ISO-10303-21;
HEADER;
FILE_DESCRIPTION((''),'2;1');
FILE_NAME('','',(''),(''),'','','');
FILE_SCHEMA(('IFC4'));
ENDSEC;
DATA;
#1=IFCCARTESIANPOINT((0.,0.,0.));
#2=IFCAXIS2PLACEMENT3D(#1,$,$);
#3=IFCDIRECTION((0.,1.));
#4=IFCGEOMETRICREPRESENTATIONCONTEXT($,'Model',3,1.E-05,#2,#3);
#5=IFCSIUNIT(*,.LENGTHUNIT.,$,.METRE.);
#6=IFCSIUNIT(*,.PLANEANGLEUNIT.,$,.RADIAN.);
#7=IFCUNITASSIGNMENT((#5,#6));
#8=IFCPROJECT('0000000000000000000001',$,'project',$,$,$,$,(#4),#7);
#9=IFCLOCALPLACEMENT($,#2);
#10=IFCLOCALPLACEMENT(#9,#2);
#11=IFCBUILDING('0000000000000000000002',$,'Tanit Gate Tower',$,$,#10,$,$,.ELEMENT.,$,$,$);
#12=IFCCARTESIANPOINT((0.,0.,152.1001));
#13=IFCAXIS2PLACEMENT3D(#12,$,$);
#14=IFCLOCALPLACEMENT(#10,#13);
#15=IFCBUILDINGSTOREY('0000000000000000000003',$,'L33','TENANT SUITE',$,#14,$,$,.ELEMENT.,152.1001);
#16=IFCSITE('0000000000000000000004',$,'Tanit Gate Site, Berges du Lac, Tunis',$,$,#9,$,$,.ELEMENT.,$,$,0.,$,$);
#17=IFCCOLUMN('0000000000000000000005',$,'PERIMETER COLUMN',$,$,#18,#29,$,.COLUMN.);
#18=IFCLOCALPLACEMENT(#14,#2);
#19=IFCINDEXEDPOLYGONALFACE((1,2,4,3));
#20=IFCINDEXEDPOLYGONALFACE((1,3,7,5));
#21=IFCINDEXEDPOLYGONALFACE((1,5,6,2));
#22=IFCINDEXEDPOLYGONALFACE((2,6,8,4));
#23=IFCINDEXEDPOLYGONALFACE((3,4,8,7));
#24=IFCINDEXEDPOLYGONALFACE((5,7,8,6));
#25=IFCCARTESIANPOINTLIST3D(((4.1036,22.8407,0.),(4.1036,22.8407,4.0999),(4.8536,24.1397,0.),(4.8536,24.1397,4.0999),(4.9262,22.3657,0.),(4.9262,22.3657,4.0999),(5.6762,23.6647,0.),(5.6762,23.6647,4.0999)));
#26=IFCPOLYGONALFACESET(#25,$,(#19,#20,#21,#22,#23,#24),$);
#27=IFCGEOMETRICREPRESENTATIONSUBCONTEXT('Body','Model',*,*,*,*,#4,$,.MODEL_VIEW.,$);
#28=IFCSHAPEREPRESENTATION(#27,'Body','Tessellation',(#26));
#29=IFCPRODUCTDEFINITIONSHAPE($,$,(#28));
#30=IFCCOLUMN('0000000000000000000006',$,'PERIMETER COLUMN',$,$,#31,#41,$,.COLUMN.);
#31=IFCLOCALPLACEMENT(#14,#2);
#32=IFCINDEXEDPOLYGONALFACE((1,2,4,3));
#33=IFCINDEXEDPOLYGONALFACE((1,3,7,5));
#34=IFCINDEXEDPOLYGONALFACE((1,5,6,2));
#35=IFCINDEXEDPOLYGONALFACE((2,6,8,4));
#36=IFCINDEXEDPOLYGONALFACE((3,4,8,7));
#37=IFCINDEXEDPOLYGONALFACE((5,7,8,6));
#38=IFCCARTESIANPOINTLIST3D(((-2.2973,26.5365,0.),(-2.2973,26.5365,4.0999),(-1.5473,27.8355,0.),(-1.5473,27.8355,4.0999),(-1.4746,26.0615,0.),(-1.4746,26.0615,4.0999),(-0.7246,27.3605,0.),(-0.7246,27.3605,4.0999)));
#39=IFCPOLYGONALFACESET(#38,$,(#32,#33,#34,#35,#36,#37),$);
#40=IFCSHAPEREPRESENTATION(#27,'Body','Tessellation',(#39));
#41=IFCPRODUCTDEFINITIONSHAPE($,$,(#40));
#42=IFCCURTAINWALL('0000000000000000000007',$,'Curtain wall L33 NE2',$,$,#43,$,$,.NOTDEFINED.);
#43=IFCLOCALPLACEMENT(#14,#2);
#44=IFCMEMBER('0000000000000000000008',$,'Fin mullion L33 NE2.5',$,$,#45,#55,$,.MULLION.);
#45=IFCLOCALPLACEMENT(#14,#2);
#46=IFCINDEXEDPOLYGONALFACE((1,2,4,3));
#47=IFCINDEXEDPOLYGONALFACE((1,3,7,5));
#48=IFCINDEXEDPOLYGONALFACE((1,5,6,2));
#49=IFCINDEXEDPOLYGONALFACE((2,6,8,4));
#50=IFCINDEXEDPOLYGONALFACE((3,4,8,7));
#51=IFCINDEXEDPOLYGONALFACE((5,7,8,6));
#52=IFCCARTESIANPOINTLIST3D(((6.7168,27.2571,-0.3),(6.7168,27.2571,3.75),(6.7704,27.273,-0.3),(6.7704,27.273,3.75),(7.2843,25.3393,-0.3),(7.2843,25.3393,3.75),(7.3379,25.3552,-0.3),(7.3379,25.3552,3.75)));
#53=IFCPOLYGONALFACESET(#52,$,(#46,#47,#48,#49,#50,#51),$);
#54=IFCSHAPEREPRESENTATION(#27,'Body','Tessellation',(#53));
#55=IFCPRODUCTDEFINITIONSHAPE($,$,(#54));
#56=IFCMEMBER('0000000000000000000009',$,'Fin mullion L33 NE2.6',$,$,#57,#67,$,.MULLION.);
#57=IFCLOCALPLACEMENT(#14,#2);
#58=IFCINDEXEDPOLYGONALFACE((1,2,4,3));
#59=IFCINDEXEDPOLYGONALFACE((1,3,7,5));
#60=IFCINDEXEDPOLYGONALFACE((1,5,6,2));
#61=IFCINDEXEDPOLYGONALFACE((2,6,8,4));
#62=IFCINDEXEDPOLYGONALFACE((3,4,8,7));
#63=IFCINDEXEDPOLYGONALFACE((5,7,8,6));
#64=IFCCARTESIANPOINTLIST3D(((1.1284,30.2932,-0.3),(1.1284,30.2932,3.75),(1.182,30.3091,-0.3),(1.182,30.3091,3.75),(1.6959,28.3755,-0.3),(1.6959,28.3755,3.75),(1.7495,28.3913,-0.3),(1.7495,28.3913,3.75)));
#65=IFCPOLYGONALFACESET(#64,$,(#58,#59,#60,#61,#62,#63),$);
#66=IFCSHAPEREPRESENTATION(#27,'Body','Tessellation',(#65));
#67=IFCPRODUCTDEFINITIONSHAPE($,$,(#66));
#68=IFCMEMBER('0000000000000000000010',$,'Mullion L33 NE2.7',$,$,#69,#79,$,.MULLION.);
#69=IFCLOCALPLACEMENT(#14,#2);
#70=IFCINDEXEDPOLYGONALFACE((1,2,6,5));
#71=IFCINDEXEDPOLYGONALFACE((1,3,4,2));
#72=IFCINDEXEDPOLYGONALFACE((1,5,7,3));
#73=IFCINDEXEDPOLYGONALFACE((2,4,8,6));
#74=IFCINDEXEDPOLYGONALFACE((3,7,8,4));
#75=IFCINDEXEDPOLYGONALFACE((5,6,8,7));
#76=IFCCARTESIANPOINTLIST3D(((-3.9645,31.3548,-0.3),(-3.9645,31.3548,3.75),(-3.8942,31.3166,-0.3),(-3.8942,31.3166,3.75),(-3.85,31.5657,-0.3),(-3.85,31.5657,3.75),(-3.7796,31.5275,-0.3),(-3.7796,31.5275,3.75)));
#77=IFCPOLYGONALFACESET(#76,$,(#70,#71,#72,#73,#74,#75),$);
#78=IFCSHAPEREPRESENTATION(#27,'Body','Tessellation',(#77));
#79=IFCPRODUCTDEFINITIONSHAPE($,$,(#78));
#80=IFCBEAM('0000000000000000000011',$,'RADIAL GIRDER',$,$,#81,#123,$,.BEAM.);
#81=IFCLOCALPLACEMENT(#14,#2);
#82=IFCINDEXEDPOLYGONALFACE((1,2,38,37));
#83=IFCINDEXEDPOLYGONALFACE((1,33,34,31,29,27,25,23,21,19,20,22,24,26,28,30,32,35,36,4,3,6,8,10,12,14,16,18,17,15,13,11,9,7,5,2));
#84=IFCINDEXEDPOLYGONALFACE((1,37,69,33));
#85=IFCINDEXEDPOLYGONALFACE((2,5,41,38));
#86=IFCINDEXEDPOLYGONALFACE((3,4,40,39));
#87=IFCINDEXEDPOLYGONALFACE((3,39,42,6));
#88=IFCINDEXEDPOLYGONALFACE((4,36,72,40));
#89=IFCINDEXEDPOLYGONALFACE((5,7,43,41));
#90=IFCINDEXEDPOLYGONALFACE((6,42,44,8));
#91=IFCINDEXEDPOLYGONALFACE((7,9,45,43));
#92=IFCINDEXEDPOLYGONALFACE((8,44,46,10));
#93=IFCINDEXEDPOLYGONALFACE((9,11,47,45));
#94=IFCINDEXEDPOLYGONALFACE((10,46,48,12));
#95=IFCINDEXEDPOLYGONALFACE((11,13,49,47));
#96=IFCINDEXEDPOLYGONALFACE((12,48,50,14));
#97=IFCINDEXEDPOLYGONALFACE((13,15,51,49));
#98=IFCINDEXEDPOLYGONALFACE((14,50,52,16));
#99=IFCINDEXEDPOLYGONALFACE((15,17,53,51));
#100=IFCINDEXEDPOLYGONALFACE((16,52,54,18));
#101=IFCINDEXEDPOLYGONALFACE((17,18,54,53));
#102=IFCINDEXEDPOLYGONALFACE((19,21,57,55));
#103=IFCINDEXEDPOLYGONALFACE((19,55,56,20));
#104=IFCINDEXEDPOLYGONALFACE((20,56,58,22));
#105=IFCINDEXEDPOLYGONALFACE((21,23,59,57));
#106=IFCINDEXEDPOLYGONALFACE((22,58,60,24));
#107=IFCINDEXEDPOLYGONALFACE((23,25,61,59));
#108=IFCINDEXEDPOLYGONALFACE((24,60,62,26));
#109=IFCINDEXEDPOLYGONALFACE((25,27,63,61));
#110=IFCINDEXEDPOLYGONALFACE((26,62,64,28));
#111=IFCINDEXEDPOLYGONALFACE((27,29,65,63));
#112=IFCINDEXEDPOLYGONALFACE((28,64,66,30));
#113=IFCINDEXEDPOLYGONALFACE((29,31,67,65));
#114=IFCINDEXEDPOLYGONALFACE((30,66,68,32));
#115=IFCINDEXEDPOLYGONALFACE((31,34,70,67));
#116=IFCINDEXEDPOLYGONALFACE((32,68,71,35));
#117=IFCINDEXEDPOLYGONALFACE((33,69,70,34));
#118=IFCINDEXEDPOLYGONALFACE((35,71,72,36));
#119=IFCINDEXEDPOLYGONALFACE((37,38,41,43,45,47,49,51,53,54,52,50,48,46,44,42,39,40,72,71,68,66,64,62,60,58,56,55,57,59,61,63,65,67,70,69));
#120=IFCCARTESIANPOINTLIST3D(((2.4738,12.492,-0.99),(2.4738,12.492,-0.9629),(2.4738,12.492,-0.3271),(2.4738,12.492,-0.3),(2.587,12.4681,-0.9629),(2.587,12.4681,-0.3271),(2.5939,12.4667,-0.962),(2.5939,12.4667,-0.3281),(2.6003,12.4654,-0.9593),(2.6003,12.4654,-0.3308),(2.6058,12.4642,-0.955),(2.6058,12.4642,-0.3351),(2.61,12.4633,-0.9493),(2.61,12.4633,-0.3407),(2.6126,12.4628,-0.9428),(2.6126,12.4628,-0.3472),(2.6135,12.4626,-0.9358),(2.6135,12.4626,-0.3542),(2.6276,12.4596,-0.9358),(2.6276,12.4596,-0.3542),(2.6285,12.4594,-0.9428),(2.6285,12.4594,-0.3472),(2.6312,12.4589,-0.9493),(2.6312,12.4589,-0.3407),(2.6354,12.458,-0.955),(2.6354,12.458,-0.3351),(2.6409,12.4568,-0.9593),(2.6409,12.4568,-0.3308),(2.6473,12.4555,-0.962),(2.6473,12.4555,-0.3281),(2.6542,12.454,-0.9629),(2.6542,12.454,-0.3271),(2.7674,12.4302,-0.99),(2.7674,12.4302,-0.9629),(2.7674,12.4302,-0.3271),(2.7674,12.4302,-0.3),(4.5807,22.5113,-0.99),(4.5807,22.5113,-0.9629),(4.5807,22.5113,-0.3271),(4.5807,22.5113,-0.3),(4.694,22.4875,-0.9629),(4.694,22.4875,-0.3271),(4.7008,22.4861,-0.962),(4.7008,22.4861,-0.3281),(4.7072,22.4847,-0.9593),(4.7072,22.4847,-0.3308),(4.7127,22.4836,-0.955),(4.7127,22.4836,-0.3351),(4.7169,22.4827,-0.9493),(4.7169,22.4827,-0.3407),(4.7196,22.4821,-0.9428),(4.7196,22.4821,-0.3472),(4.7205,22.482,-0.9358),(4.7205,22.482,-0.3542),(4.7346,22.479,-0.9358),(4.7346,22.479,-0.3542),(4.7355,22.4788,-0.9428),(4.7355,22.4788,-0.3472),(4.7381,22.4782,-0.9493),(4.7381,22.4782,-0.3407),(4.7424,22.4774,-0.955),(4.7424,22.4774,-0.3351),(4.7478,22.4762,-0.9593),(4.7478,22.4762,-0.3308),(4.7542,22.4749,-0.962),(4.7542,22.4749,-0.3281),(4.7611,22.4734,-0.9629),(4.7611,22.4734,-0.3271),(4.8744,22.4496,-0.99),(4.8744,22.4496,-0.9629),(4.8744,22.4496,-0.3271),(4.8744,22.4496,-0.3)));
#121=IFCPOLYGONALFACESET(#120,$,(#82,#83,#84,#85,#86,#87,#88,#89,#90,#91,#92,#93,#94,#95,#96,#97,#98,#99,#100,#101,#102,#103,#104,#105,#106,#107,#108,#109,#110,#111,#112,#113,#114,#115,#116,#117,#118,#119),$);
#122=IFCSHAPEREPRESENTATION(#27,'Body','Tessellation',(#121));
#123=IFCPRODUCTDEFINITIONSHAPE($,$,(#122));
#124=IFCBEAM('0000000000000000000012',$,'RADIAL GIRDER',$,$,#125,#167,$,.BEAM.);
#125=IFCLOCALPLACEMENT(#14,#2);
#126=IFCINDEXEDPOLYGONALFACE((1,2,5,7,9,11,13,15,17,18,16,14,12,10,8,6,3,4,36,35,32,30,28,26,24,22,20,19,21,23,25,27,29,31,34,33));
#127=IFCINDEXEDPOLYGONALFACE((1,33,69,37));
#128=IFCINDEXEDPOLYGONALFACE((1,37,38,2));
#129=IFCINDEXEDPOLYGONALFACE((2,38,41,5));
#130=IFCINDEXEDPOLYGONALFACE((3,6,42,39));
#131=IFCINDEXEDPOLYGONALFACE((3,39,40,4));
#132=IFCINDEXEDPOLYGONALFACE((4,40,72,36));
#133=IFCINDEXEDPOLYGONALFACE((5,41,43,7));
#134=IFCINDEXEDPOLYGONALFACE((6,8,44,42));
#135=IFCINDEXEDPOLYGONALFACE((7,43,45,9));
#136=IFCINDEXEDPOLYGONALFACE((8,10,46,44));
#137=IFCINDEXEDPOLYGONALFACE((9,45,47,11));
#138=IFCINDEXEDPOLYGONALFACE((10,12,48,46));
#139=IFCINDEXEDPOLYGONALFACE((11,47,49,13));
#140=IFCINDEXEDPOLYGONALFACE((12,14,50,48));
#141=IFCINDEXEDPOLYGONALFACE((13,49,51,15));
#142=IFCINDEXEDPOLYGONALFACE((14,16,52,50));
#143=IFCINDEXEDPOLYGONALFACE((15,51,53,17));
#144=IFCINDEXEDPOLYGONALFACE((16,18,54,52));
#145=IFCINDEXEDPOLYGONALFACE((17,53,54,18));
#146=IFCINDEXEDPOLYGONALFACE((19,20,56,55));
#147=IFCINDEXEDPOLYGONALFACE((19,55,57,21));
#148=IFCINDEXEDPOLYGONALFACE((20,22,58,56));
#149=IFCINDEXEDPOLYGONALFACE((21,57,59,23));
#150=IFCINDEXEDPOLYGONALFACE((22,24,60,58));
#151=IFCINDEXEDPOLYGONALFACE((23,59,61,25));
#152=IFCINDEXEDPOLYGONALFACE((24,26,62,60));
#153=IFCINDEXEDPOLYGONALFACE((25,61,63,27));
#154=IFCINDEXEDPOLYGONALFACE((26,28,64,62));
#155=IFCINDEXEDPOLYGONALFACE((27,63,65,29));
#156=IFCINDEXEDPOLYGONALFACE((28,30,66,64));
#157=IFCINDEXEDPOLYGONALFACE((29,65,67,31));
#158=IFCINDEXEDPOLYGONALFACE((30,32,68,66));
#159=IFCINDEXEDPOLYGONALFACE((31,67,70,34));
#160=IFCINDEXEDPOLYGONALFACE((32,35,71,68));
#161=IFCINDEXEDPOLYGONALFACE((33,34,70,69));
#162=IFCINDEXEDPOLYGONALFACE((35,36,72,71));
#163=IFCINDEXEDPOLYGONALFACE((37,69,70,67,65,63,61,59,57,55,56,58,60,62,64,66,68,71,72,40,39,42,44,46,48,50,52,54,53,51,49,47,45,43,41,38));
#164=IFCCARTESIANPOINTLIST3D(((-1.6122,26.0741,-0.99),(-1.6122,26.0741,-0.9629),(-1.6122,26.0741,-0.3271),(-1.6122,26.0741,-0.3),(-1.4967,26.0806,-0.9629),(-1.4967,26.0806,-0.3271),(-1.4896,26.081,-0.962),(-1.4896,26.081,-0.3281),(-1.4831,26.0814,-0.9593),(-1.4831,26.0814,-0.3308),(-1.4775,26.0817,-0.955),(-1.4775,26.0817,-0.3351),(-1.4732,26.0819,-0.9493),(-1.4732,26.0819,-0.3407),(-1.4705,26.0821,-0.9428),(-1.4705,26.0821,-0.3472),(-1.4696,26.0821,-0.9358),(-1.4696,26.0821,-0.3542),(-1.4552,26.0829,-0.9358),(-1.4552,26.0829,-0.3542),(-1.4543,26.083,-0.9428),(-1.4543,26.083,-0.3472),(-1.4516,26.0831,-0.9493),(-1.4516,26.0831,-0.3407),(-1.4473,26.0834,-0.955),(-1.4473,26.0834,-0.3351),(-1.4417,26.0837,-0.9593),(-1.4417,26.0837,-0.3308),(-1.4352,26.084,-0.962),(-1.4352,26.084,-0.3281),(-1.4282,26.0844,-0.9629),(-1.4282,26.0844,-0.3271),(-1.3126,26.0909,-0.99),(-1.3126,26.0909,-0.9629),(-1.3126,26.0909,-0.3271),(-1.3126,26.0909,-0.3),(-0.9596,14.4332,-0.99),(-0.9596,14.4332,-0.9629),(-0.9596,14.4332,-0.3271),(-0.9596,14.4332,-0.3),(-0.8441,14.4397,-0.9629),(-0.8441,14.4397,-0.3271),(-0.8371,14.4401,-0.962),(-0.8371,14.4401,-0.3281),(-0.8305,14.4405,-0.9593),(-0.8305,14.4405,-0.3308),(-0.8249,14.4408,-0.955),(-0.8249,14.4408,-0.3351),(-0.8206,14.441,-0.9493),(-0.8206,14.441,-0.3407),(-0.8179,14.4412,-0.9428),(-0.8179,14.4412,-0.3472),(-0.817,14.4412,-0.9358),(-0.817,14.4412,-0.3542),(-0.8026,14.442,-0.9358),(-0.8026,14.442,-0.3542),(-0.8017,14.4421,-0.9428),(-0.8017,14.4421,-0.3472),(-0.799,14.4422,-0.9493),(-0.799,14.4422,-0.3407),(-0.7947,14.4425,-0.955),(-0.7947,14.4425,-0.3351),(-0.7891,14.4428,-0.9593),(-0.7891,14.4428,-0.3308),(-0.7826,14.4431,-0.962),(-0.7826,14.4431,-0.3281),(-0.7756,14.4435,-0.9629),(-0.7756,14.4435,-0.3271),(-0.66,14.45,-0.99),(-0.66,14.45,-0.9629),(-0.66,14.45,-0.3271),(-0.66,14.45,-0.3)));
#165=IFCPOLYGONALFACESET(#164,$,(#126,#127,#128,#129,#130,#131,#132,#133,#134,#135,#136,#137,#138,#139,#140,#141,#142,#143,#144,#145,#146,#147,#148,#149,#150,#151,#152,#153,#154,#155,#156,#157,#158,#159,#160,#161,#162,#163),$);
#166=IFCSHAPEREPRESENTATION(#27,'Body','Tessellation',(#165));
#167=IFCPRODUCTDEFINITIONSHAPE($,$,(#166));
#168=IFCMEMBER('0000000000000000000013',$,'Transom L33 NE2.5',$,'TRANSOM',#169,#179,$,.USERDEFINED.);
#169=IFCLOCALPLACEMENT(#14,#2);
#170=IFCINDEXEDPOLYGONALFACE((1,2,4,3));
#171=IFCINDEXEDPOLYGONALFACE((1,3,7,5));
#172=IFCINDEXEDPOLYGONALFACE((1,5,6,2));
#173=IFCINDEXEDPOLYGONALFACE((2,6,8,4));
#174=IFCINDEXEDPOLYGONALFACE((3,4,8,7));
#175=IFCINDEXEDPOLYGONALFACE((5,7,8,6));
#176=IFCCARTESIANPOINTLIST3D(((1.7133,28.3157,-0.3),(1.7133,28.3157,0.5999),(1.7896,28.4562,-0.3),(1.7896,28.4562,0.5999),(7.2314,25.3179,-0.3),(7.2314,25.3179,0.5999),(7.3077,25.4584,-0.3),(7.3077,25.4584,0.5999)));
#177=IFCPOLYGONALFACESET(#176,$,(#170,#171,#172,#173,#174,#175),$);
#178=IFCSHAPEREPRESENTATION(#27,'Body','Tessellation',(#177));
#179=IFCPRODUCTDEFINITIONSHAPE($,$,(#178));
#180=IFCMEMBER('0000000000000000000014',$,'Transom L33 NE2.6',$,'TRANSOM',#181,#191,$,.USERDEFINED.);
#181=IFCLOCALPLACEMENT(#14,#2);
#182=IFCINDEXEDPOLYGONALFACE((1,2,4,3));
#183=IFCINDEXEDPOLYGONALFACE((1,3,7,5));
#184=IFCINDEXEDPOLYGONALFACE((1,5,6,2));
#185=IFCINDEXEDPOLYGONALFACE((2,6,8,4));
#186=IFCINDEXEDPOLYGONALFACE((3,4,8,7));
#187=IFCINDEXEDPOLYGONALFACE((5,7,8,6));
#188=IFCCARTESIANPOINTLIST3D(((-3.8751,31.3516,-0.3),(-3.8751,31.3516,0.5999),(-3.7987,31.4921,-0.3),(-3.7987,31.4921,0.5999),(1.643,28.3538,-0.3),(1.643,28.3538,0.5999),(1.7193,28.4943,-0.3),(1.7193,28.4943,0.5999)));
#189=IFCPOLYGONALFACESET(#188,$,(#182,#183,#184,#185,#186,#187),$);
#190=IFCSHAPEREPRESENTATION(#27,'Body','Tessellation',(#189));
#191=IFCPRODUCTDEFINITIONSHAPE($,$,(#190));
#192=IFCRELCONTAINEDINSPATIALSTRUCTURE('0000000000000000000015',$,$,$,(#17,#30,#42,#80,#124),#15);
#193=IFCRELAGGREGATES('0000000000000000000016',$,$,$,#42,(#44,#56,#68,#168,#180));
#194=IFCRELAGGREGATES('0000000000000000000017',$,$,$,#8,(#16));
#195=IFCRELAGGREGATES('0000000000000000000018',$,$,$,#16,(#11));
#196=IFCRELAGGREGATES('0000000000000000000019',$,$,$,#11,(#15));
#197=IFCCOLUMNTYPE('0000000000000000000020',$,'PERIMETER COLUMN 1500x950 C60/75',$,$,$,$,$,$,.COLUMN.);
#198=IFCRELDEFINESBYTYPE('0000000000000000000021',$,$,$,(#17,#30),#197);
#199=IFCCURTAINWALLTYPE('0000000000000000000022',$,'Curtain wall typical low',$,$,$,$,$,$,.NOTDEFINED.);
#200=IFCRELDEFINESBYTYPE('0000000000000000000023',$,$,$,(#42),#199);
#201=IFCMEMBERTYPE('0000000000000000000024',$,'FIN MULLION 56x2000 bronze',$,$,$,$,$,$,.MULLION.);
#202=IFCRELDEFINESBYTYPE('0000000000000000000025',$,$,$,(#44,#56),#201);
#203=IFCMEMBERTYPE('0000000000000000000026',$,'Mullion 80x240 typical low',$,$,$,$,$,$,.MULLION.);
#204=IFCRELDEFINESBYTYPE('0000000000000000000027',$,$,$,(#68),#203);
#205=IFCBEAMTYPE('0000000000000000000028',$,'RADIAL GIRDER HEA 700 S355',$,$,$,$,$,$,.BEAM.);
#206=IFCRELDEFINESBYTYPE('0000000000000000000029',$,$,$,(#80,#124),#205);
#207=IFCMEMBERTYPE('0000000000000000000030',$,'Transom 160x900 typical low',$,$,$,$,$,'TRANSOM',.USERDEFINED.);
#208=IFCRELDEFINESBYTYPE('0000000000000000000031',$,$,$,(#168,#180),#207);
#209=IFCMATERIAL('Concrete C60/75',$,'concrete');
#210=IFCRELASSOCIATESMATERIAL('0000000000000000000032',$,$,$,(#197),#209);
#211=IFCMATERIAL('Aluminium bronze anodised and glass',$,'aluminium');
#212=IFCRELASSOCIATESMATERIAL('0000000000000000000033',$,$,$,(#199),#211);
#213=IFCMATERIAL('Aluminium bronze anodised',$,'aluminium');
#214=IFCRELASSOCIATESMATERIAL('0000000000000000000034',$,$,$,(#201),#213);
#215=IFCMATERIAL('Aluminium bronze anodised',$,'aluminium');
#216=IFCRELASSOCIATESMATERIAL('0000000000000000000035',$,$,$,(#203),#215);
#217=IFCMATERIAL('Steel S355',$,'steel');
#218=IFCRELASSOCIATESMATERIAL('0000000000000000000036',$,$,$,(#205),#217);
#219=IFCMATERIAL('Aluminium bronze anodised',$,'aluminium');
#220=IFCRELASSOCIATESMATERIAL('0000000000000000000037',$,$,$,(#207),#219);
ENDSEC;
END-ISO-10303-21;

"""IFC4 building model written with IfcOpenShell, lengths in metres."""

from ifc_helpers import new_model, si_unit, direction, frame, origin, origin_2d, place, context, subcontext, project, spatial, rectangle, i_section, extrude, material, material_profile, profile_set, type_object, element, aggregate, save


model = new_model("IFC4")

# Units and contexts
model_context = context("Model", 3, precision=1e-05, world=origin(), true_north=direction((0.0, 1.0)))
body_context = subcontext(model_context, "Body", "Model", "MODEL_VIEW")
ifc_project = project(units=[si_unit("LENGTHUNIT", "METRE"), si_unit("PLANEANGLEUNIT", "RADIAN")], contexts=[model_context])

# Site, building, storey
site_placement = place(None, origin())
site = spatial("IfcSite", under=ifc_project, at=site_placement, Name="Tanit Gate Site, Berges du Lac, Tunis", CompositionType="ELEMENT", RefElevation=0.0)
building_placement = place(site_placement, origin())
building = spatial("IfcBuilding", under=site, at=building_placement, Name="Tanit Gate Tower", CompositionType="ELEMENT")
storey_placement = place(building_placement, frame((0.0, 0.0, 152.1001)))
storey = spatial("IfcBuildingStorey", under=building, at=storey_placement, Name="L33", Description="TENANT SUITE", CompositionType="ELEMENT", Elevation=152.1001)

# Columns
ifc_material_1 = material(Name="Concrete C60/75", Category="concrete")
ifc_material_profile_1 = material_profile(ifc_material_1, rectangle(XDim=1.5, YDim=0.95, at=origin_2d()), Name="RC 1500x950")
ifc_profile_set_1 = profile_set([ifc_material_profile_1], Name="Concrete C60/75")
column_type = type_object("IfcColumnType", Name="PERIMETER COLUMN 1500x950 C60/75", PredefinedType="COLUMN", material=ifc_profile_set_1)
for number, where, z_axis, x_axis, name in (
    (1, (4.8899, 23.2527, 0.0), (0.0, 0.0, 1.0), (0.5, 0.866025, 0.0), "PERIMETER COLUMN"),
    (2, (-1.511, 26.9485, 0.0), (0.0, 0.0, 1.0), (0.5, 0.866025, 0.0), "PERIMETER COLUMN"),
):
    element("IfcColumn", number, at=place(storey_placement, frame(where, z_axis=z_axis, x_axis=x_axis)), inside=storey, type_object=column_type, Name=name, PredefinedType="COLUMN", context=body_context, shape_type="SweptSolid", body=[
        extrude(rectangle(XDim=1.5, YDim=0.95, at=origin_2d()), origin(), (0.0, 0.0, 1.0), 4.0999),
    ])

# Curtain wall, members
ifc_material_2 = material(Name="Aluminium bronze anodised and glass", Category="aluminium")
curtain_wall_type = type_object("IfcCurtainWallType", Name="Curtain wall typical low", PredefinedType="NOTDEFINED", material=ifc_material_2)
curtain_wall_1_placement = place(storey_placement, origin())
curtain_wall_1 = element("IfcCurtainWall", 3, at=curtain_wall_1_placement, inside=storey, type_object=curtain_wall_type, Name="Curtain wall L33 NE2", PredefinedType="NOTDEFINED")
ifc_material_3 = material(Name="Aluminium bronze anodised", Category="aluminium")
ifc_material_profile_2 = material_profile(ifc_material_3, rectangle(XDim=2.0, YDim=0.0559, at=origin_2d()), Name="56x2000 bronze fin mullion")
ifc_profile_set_2 = profile_set([ifc_material_profile_2], Name="Aluminium bronze anodised")
member_type_1 = type_object("IfcMemberType", Name="FIN MULLION 56x2000 bronze", PredefinedType="MULLION", material=ifc_profile_set_2)
member_1_placement = place(storey_placement, frame((7.0273, 26.3062, -0.3), z_axis=(0.0, 0.0, 1.0), x_axis=(0.283773, -0.958892, 0.0)))
member_1 = element("IfcMember", 4, at=member_1_placement, type_object=member_type_1, Name="Fin mullion L33 NE2.5", PredefinedType="MULLION", context=body_context, shape_type="SweptSolid", body=[
    extrude(rectangle(XDim=2.0, YDim=0.0559, at=origin_2d()), origin(), (0.0, 0.0, 1.0), 4.05),
])
member_2_placement = place(storey_placement, frame((1.439, 29.3423, -0.3), z_axis=(0.0, 0.0, 1.0), x_axis=(0.283773, -0.958892, 0.0)))
member_2 = element("IfcMember", 5, at=member_2_placement, type_object=member_type_1, Name="Fin mullion L33 NE2.6", PredefinedType="MULLION", context=body_context, shape_type="SweptSolid", body=[
    extrude(rectangle(XDim=2.0, YDim=0.0559, at=origin_2d()), origin(), (0.0, 0.0, 1.0), 4.05),
])
ifc_material_4 = material(Name="Aluminium bronze anodised", Category="aluminium")
ifc_material_profile_3 = material_profile(ifc_material_4, rectangle(XDim=0.24, YDim=0.0801, at=origin_2d()), Name="80x240 bronze mullion")
ifc_profile_set_3 = profile_set([ifc_material_profile_3], Name="Aluminium bronze anodised")
member_type_2 = type_object("IfcMemberType", Name="Mullion 80x240 typical low", PredefinedType="MULLION", material=ifc_profile_set_3)
member_3_placement = place(storey_placement, frame((-3.8721, 31.4412, -0.3), z_axis=(0.0, 0.0, 1.0), x_axis=(-0.477381, -0.878696, 0.0)))
member_3 = element("IfcMember", 6, at=member_3_placement, type_object=member_type_2, Name="Mullion L33 NE2.7", PredefinedType="MULLION", context=body_context, shape_type="SweptSolid", body=[
    extrude(rectangle(XDim=0.24, YDim=0.0801, at=origin_2d()), origin(), (0.0, 0.0, 1.0), 4.05),
])

# Beams
ifc_material_5 = material(Name="Steel S355", Category="steel")
ifc_material_profile_4 = material_profile(ifc_material_5, i_section(OverallWidth=0.3, OverallDepth=0.6899, WebThickness=0.0144, FlangeThickness=0.0271, FilletRadius=0.0271, at=origin_2d()), Name="HEA 700")
ifc_profile_set_4 = profile_set([ifc_material_profile_4], Name="Steel S355")
beam_type = type_object("IfcBeamType", Name="RADIAL GIRDER HEA 700 S355", PredefinedType="BEAM", material=ifc_profile_set_4)
beam_1_placement = place(storey_placement, frame((4.7275, 22.4805, -0.645), z_axis=(-0.205787, -0.978597, 0.0), x_axis=(0.978597, -0.205787, 0.0)))
element("IfcBeam", 7, at=beam_1_placement, inside=storey, type_object=beam_type, Name="RADIAL GIRDER", PredefinedType="BEAM", context=body_context, shape_type="SweptSolid", body=[
    extrude(i_section(OverallWidth=0.3, OverallDepth=0.6899, WebThickness=0.0144, FlangeThickness=0.0271, FilletRadius=0.0271, at=origin_2d()), origin(), (0.0, 0.0, 1.0), 10.2385),
])
beam_2_placement = place(storey_placement, frame((-1.4624, 26.0825, -0.645), z_axis=(0.055972, -0.998432, 0.0), x_axis=(0.998432, 0.055972, 0.0)))
element("IfcBeam", 8, at=beam_2_placement, inside=storey, type_object=beam_type, Name="RADIAL GIRDER", PredefinedType="BEAM", context=body_context, shape_type="SweptSolid", body=[
    extrude(i_section(OverallWidth=0.3, OverallDepth=0.6899, WebThickness=0.0144, FlangeThickness=0.0271, FilletRadius=0.0271, at=origin_2d()), origin(), (0.0, 0.0, 1.0), 11.6592),
])

# Members
ifc_material_6 = material(Name="Aluminium bronze anodised", Category="aluminium")
ifc_material_profile_5 = material_profile(ifc_material_6, rectangle(XDim=0.1599, YDim=0.8999, at=origin_2d()), Name="160x900 bronze transom")
ifc_profile_set_5 = profile_set([ifc_material_profile_5], Name="Aluminium bronze anodised")
member_type_3 = type_object("IfcMemberType", Name="Transom 160x900 typical low", ElementType="TRANSOM", PredefinedType="USERDEFINED", material=ifc_profile_set_5)
member_4_placement = place(storey_placement, frame((7.2695, 25.3882, 0.1499), z_axis=(-0.878701, 0.477372, 0.0), x_axis=(-0.477372, -0.878701, 0.0)))
member_4 = element("IfcMember", 9, at=member_4_placement, type_object=member_type_3, Name="Transom L33 NE2.5", ObjectType="TRANSOM", PredefinedType="USERDEFINED", context=body_context, shape_type="SweptSolid", body=[
    extrude(rectangle(XDim=0.1599, YDim=0.8999, at=origin_2d()), origin(), (0.0, 0.0, 1.0), 6.2798),
])
member_5_placement = place(storey_placement, frame((1.6812, 28.4241, 0.1499), z_axis=(-0.878701, 0.477372, 0.0), x_axis=(-0.477372, -0.878701, 0.0)))
member_5 = element("IfcMember", 10, at=member_5_placement, type_object=member_type_3, Name="Transom L33 NE2.6", ObjectType="TRANSOM", PredefinedType="USERDEFINED", context=body_context, shape_type="SweptSolid", body=[
    extrude(rectangle(XDim=0.1599, YDim=0.8999, at=origin_2d()), origin(), (0.0, 0.0, 1.0), 6.2798),
])

aggregate(curtain_wall_1, [member_1, member_2, member_3, member_4, member_5])

save(model, "model.ifc")
